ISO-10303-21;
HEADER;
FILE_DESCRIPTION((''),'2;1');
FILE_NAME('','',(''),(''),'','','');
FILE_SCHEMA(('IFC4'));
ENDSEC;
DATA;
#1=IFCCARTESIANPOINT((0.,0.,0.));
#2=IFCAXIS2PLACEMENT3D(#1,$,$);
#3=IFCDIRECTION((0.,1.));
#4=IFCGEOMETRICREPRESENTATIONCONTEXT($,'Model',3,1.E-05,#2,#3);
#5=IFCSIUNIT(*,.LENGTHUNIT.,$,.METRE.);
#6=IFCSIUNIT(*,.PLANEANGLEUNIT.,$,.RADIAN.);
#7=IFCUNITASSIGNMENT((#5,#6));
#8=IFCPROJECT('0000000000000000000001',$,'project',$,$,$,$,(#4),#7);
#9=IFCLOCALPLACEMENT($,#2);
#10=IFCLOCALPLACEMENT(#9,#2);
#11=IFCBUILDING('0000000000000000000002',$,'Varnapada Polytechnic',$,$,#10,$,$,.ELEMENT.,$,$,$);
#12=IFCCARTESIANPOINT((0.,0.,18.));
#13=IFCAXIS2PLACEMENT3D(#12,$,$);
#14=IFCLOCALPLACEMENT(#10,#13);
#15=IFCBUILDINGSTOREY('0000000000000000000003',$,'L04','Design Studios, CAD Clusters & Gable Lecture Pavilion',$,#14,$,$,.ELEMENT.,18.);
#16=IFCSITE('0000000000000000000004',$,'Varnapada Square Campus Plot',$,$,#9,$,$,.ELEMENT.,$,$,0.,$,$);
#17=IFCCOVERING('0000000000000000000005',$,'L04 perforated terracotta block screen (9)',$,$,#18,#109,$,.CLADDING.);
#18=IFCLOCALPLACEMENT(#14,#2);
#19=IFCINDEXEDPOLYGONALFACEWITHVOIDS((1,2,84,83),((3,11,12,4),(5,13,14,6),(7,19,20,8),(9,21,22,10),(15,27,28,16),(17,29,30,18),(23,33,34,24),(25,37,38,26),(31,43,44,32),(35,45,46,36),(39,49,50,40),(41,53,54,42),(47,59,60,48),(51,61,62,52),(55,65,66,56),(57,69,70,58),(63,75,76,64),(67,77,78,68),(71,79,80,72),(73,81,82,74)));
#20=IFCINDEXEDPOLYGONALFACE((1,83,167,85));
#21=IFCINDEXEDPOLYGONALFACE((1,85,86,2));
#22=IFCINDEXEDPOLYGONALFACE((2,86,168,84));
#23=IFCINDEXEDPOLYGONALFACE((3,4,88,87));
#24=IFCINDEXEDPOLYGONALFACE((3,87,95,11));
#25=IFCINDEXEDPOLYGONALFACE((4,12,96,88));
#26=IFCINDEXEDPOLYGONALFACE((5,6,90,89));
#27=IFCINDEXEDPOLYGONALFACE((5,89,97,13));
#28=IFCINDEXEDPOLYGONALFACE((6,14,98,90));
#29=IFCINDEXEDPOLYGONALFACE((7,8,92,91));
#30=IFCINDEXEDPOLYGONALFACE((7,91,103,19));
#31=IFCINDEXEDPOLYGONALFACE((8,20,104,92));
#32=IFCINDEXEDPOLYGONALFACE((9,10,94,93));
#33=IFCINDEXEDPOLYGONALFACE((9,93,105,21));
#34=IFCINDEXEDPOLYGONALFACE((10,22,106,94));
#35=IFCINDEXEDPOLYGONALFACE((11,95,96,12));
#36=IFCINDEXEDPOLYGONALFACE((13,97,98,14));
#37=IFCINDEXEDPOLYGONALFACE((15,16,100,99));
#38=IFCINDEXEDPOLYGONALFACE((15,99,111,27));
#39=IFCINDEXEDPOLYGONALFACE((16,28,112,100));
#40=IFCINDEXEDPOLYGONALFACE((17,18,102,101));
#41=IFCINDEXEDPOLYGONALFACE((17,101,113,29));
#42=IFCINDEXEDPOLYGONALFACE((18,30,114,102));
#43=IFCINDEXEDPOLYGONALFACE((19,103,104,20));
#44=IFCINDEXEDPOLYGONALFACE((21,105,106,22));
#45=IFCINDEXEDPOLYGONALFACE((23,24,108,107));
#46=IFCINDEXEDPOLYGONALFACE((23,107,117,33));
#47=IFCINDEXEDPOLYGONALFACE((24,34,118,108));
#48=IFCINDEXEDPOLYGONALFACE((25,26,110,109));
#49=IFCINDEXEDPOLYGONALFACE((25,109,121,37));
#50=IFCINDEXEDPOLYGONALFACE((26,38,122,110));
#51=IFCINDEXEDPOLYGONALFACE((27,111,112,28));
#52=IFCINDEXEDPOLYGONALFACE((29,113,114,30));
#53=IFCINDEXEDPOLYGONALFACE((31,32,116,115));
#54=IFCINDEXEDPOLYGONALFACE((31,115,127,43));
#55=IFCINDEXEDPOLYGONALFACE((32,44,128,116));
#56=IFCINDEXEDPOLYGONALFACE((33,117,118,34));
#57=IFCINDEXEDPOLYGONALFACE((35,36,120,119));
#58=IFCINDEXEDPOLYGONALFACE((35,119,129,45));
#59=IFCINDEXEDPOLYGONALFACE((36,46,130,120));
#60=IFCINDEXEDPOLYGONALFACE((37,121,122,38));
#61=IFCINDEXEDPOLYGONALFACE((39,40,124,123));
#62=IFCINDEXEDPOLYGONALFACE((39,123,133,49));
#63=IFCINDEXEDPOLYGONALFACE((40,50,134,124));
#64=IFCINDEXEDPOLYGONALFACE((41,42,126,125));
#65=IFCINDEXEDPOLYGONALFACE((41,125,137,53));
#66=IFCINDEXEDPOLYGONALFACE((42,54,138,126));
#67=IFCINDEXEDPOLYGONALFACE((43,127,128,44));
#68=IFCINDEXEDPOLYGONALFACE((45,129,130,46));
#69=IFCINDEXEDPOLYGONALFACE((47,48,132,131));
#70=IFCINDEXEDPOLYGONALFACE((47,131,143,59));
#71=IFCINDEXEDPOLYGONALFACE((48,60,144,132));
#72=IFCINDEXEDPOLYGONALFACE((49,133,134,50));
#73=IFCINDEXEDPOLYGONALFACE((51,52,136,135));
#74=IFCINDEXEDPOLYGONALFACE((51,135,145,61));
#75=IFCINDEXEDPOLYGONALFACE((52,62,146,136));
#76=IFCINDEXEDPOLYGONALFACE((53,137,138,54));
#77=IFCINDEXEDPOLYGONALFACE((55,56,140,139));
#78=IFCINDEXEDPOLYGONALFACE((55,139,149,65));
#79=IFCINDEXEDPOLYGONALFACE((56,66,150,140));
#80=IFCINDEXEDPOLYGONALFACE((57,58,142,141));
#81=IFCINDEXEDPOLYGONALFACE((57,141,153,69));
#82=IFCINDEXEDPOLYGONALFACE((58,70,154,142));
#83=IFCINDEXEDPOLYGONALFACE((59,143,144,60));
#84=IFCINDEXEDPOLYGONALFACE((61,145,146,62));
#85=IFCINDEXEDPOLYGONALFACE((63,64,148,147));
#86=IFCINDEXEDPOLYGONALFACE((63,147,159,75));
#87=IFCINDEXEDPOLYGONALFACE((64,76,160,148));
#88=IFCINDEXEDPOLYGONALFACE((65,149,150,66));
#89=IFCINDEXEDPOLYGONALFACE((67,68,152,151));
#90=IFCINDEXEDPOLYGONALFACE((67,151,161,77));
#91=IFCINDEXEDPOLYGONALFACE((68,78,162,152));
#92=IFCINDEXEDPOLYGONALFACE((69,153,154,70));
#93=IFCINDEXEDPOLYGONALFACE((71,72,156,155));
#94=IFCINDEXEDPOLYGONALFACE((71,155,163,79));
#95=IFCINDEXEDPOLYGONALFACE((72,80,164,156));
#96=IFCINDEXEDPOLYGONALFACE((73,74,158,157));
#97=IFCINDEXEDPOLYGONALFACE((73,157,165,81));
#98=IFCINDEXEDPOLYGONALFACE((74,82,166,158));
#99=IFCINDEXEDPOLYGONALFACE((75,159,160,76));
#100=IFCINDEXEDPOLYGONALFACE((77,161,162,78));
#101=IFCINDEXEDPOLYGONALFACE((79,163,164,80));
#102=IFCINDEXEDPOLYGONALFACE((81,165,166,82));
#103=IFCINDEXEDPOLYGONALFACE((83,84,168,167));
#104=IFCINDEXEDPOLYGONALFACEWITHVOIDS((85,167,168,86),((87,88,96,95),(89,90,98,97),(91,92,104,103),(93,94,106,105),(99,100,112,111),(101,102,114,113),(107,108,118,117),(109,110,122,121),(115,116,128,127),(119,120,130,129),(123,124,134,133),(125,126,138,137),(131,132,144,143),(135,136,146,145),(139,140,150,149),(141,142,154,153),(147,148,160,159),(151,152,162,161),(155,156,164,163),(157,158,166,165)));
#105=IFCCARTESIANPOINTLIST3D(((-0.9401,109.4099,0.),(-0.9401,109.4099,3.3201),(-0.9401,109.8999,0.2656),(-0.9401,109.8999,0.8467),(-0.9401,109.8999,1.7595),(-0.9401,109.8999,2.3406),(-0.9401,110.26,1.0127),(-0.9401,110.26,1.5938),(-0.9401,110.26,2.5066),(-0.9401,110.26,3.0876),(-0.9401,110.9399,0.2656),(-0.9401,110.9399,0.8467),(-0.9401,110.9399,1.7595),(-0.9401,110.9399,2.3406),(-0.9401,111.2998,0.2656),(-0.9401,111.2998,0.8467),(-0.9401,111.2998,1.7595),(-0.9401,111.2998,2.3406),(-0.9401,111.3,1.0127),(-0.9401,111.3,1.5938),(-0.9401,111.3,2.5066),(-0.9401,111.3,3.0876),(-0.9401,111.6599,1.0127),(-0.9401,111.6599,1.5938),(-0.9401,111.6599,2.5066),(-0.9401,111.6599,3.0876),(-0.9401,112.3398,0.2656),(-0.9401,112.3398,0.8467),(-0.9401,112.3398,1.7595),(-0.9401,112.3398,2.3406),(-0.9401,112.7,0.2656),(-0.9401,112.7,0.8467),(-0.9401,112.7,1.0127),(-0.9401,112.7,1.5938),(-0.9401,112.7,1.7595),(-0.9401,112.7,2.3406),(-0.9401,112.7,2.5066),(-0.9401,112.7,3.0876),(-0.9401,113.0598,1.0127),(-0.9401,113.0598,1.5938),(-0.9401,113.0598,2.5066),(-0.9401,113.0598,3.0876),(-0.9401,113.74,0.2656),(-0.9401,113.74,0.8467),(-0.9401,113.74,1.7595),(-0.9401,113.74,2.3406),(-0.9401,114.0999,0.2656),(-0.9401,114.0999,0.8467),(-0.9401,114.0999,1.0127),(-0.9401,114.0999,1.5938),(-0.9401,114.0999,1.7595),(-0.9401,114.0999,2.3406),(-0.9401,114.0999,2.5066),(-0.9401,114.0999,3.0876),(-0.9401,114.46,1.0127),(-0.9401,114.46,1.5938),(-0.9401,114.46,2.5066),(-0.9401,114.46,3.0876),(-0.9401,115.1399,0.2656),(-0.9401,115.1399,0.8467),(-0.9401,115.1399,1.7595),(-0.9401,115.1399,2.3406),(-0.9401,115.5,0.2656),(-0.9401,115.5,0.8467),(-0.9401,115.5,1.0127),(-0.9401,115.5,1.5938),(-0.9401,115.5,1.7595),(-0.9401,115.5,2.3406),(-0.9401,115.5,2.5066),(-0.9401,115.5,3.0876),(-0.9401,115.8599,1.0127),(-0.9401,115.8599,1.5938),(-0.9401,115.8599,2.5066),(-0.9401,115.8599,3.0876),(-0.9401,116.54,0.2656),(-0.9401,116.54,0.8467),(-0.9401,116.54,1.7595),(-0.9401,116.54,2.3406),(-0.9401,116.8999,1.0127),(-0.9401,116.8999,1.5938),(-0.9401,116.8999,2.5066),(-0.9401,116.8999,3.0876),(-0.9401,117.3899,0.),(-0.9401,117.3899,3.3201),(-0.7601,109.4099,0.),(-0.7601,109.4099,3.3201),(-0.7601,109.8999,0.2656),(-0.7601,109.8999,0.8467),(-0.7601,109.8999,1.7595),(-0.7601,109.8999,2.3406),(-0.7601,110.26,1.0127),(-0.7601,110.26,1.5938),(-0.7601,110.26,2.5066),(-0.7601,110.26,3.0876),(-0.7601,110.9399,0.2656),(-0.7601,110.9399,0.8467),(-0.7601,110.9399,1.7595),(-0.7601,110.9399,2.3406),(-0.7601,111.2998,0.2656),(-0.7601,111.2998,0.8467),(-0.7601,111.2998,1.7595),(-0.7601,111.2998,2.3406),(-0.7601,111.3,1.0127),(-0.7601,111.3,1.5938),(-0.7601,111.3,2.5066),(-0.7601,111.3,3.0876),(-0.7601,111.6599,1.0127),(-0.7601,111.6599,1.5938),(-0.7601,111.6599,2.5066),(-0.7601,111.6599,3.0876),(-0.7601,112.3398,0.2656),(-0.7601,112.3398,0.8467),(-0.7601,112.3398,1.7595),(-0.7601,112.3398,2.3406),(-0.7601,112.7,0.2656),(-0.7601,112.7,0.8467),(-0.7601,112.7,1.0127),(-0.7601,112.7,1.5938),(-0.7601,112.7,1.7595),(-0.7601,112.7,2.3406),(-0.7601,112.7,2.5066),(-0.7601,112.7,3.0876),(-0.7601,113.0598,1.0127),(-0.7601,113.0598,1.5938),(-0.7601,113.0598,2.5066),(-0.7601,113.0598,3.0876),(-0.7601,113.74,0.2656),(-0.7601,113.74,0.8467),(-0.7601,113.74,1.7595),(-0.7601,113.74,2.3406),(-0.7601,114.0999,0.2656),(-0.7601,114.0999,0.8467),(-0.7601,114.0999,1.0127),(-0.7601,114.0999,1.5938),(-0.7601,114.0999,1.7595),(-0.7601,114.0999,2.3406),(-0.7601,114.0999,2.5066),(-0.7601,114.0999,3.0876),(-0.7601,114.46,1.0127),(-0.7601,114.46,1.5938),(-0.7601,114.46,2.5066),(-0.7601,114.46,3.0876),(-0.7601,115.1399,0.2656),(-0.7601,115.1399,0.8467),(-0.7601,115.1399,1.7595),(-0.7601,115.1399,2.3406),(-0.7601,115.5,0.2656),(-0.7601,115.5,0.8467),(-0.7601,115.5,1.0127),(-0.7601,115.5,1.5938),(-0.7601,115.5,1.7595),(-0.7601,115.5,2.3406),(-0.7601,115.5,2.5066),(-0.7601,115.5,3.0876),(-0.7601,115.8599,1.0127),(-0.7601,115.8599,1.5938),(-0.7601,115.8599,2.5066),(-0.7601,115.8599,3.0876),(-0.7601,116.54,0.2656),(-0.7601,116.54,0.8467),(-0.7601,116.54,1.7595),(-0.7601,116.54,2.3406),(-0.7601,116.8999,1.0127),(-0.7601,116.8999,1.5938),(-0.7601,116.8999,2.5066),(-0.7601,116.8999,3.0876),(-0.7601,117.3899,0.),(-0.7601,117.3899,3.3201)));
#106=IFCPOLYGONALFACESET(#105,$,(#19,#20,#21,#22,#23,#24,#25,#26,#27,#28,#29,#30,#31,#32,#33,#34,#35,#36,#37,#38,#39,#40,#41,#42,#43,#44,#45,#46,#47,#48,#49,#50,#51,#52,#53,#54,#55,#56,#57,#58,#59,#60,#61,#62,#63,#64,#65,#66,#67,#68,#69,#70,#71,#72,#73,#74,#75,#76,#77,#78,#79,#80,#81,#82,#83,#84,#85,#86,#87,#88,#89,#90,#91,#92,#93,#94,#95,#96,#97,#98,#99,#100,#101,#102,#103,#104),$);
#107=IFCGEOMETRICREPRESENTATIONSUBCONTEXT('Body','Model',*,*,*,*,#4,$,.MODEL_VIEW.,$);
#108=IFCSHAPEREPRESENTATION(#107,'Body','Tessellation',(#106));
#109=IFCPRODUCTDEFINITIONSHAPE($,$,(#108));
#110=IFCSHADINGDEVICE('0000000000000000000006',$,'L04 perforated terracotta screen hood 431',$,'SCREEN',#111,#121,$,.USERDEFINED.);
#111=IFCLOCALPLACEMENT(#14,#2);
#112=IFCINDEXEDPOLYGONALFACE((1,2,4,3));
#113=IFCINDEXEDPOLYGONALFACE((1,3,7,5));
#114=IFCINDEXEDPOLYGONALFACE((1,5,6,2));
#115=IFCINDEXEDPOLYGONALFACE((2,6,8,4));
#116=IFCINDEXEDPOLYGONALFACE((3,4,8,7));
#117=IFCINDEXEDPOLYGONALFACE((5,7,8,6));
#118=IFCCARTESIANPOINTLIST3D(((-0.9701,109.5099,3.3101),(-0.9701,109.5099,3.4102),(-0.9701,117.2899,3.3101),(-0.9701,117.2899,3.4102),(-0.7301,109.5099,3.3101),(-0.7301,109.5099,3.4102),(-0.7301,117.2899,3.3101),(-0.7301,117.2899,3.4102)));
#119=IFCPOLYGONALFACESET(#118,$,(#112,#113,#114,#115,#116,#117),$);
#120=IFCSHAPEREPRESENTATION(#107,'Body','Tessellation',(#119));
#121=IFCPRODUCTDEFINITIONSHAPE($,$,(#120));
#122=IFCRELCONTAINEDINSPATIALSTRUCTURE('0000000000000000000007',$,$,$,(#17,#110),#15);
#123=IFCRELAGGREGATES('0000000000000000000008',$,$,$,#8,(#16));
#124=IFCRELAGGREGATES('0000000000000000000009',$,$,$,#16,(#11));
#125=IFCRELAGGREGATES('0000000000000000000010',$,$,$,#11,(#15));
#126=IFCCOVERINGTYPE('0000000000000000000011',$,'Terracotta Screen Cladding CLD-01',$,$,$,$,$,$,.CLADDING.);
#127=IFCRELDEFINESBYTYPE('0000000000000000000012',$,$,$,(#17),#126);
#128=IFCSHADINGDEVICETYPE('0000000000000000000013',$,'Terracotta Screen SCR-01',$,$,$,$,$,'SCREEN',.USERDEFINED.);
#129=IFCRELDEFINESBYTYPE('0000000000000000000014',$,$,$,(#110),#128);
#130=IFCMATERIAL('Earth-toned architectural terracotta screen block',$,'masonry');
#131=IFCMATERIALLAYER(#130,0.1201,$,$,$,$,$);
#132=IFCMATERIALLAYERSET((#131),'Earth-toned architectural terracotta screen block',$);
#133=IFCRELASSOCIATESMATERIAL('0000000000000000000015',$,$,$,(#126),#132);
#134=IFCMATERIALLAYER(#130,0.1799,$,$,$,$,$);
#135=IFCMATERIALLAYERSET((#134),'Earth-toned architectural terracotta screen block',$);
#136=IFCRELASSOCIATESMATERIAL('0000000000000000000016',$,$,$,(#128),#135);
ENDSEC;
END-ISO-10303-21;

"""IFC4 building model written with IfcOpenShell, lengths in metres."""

from ifc_helpers import new_model, si_unit, direction, frame, frame_2d, origin, origin_2d, place, context, subcontext, project, spatial, rectangle, extrude, material, layer, layer_set, type_object, element, save


model = new_model("IFC4")

# Units and contexts
model_context = context("Model", 3, precision=1e-05, world=origin(), true_north=direction((0.0, 1.0)))
body_context = subcontext(model_context, "Body", "Model", "MODEL_VIEW")
ifc_project = project(units=[si_unit("LENGTHUNIT", "METRE"), si_unit("PLANEANGLEUNIT", "RADIAN")], contexts=[model_context])

# Site, building, storey
site_placement = place(None, origin())
site = spatial("IfcSite", under=ifc_project, at=site_placement, Name="Varnapada Square Campus Plot", CompositionType="ELEMENT", RefElevation=0.0)
building_placement = place(site_placement, origin())
building = spatial("IfcBuilding", under=site, at=building_placement, Name="Varnapada Polytechnic", CompositionType="ELEMENT")
storey_placement = place(building_placement, frame((0.0, 0.0, 18.0)))
storey = spatial("IfcBuildingStorey", under=building, at=storey_placement, Name="L04", Description="Design Studios, CAD Clusters & Gable Lecture Pavilion", CompositionType="ELEMENT", Elevation=18.0)

# Covering, openings
ifc_material_1 = material(Name="Earth-toned architectural terracotta screen block", Category="masonry")
ifc_layer_1 = layer(ifc_material_1, 0.1201)
ifc_layer_set_1 = layer_set([ifc_layer_1], Name="Earth-toned architectural terracotta screen block")
covering_type = type_object("IfcCoveringType", Name="Terracotta Screen Cladding CLD-01", PredefinedType="CLADDING", material=ifc_layer_set_1)
covering_placement = place(storey_placement, frame((-0.8501, 109.4099, 0.0), z_axis=(0.0, 0.0, 1.0), x_axis=(0.0, 1.0, 0.0)))
covering = element("IfcCovering", 1, at=covering_placement, inside=storey, type_object=covering_type, Name="L04 perforated terracotta block screen (9)", PredefinedType="CLADDING", context=body_context, shape_type="SweptSolid", body=[
    extrude(rectangle(XDim=7.98, YDim=0.1799, at=frame_2d((3.99, 0.0))), origin(), (0.0, 0.0, 1.0), 3.3201),
])
opening_1_placement = place(covering_placement, frame((0.49, 0.0, 0.2656)))
element("IfcOpeningElement", 2, at=opening_1_placement, cuts=covering, PredefinedType="OPENING", context=body_context, shape_type="SweptSolid", body=[
    extrude(rectangle(XDim=1.04, YDim=0.5811, at=frame_2d((0.52, 0.2905))), frame((0.0, 0.0999, 0.0), z_axis=(0.0, -1.0, 0.0), x_axis=(1.0, 0.0, 0.0)), (0.0, 0.0, 1.0), 0.2),
])
opening_2_placement = place(covering_placement, frame((1.8899, 0.0, 0.2656)))
element("IfcOpeningElement", 3, at=opening_2_placement, cuts=covering, PredefinedType="OPENING", context=body_context, shape_type="SweptSolid", body=[
    extrude(rectangle(XDim=1.04, YDim=0.5811, at=frame_2d((0.52, 0.2905))), frame((0.0, 0.0999, 0.0), z_axis=(0.0, -1.0, 0.0), x_axis=(1.0, 0.0, 0.0)), (0.0, 0.0, 1.0), 0.2),
])
opening_3_placement = place(covering_placement, frame((3.29, 0.0, 0.2656)))
element("IfcOpeningElement", 4, at=opening_3_placement, cuts=covering, PredefinedType="OPENING", context=body_context, shape_type="SweptSolid", body=[
    extrude(rectangle(XDim=1.04, YDim=0.5811, at=frame_2d((0.52, 0.2905))), frame((0.0, 0.0999, 0.0), z_axis=(0.0, -1.0, 0.0), x_axis=(1.0, 0.0, 0.0)), (0.0, 0.0, 1.0), 0.2),
])
opening_4_placement = place(covering_placement, frame((4.6899, 0.0, 0.2656)))
element("IfcOpeningElement", 5, at=opening_4_placement, cuts=covering, PredefinedType="OPENING", context=body_context, shape_type="SweptSolid", body=[
    extrude(rectangle(XDim=1.04, YDim=0.5811, at=frame_2d((0.52, 0.2905))), frame((0.0, 0.0999, 0.0), z_axis=(0.0, -1.0, 0.0), x_axis=(1.0, 0.0, 0.0)), (0.0, 0.0, 1.0), 0.2),
])
opening_5_placement = place(covering_placement, frame((6.0901, 0.0, 0.2656)))
element("IfcOpeningElement", 6, at=opening_5_placement, cuts=covering, PredefinedType="OPENING", context=body_context, shape_type="SweptSolid", body=[
    extrude(rectangle(XDim=1.04, YDim=0.5811, at=frame_2d((0.52, 0.2905))), frame((0.0, 0.0999, 0.0), z_axis=(0.0, -1.0, 0.0), x_axis=(1.0, 0.0, 0.0)), (0.0, 0.0, 1.0), 0.2),
])
opening_6_placement = place(covering_placement, frame((0.8501, 0.0, 1.0127)))
element("IfcOpeningElement", 7, at=opening_6_placement, cuts=covering, PredefinedType="OPENING", context=body_context, shape_type="SweptSolid", body=[
    extrude(rectangle(XDim=1.04, YDim=0.5811, at=frame_2d((0.52, 0.2905))), frame((0.0, 0.0999, 0.0), z_axis=(0.0, -1.0, 0.0), x_axis=(1.0, 0.0, 0.0)), (0.0, 0.0, 1.0), 0.2),
])
opening_7_placement = place(covering_placement, frame((2.25, 0.0, 1.0127)))
element("IfcOpeningElement", 8, at=opening_7_placement, cuts=covering, PredefinedType="OPENING", context=body_context, shape_type="SweptSolid", body=[
    extrude(rectangle(XDim=1.04, YDim=0.5811, at=frame_2d((0.52, 0.2905))), frame((0.0, 0.0999, 0.0), z_axis=(0.0, -1.0, 0.0), x_axis=(1.0, 0.0, 0.0)), (0.0, 0.0, 1.0), 0.2),
])
opening_8_placement = place(covering_placement, frame((3.6499, 0.0, 1.0127)))
element("IfcOpeningElement", 9, at=opening_8_placement, cuts=covering, PredefinedType="OPENING", context=body_context, shape_type="SweptSolid", body=[
    extrude(rectangle(XDim=1.04, YDim=0.5811, at=frame_2d((0.52, 0.2905))), frame((0.0, 0.0999, 0.0), z_axis=(0.0, -1.0, 0.0), x_axis=(1.0, 0.0, 0.0)), (0.0, 0.0, 1.0), 0.2),
])
opening_9_placement = place(covering_placement, frame((5.05, 0.0, 1.0127)))
element("IfcOpeningElement", 10, at=opening_9_placement, cuts=covering, PredefinedType="OPENING", context=body_context, shape_type="SweptSolid", body=[
    extrude(rectangle(XDim=1.04, YDim=0.5811, at=frame_2d((0.52, 0.2905))), frame((0.0, 0.0999, 0.0), z_axis=(0.0, -1.0, 0.0), x_axis=(1.0, 0.0, 0.0)), (0.0, 0.0, 1.0), 0.2),
])
opening_10_placement = place(covering_placement, frame((6.45, 0.0, 1.0127)))
element("IfcOpeningElement", 11, at=opening_10_placement, cuts=covering, PredefinedType="OPENING", context=body_context, shape_type="SweptSolid", body=[
    extrude(rectangle(XDim=1.04, YDim=0.5811, at=frame_2d((0.52, 0.2905))), frame((0.0, 0.0999, 0.0), z_axis=(0.0, -1.0, 0.0), x_axis=(1.0, 0.0, 0.0)), (0.0, 0.0, 1.0), 0.2),
])
opening_11_placement = place(covering_placement, frame((0.49, 0.0, 1.7595)))
element("IfcOpeningElement", 12, at=opening_11_placement, cuts=covering, PredefinedType="OPENING", context=body_context, shape_type="SweptSolid", body=[
    extrude(rectangle(XDim=1.04, YDim=0.5811, at=frame_2d((0.52, 0.2905))), frame((0.0, 0.0999, 0.0), z_axis=(0.0, -1.0, 0.0), x_axis=(1.0, 0.0, 0.0)), (0.0, 0.0, 1.0), 0.2),
])
opening_12_placement = place(covering_placement, frame((1.8899, 0.0, 1.7595)))
element("IfcOpeningElement", 13, at=opening_12_placement, cuts=covering, PredefinedType="OPENING", context=body_context, shape_type="SweptSolid", body=[
    extrude(rectangle(XDim=1.04, YDim=0.5811, at=frame_2d((0.52, 0.2905))), frame((0.0, 0.0999, 0.0), z_axis=(0.0, -1.0, 0.0), x_axis=(1.0, 0.0, 0.0)), (0.0, 0.0, 1.0), 0.2),
])
opening_13_placement = place(covering_placement, frame((3.29, 0.0, 1.7595)))
element("IfcOpeningElement", 14, at=opening_13_placement, cuts=covering, PredefinedType="OPENING", context=body_context, shape_type="SweptSolid", body=[
    extrude(rectangle(XDim=1.04, YDim=0.5811, at=frame_2d((0.52, 0.2905))), frame((0.0, 0.0999, 0.0), z_axis=(0.0, -1.0, 0.0), x_axis=(1.0, 0.0, 0.0)), (0.0, 0.0, 1.0), 0.2),
])
opening_14_placement = place(covering_placement, frame((4.6899, 0.0, 1.7595)))
element("IfcOpeningElement", 15, at=opening_14_placement, cuts=covering, PredefinedType="OPENING", context=body_context, shape_type="SweptSolid", body=[
    extrude(rectangle(XDim=1.04, YDim=0.5811, at=frame_2d((0.52, 0.2905))), frame((0.0, 0.0999, 0.0), z_axis=(0.0, -1.0, 0.0), x_axis=(1.0, 0.0, 0.0)), (0.0, 0.0, 1.0), 0.2),
])
opening_15_placement = place(covering_placement, frame((6.0901, 0.0, 1.7595)))
element("IfcOpeningElement", 16, at=opening_15_placement, cuts=covering, PredefinedType="OPENING", context=body_context, shape_type="SweptSolid", body=[
    extrude(rectangle(XDim=1.04, YDim=0.5811, at=frame_2d((0.52, 0.2905))), frame((0.0, 0.0999, 0.0), z_axis=(0.0, -1.0, 0.0), x_axis=(1.0, 0.0, 0.0)), (0.0, 0.0, 1.0), 0.2),
])
opening_16_placement = place(covering_placement, frame((0.8501, 0.0, 2.5066)))
element("IfcOpeningElement", 17, at=opening_16_placement, cuts=covering, PredefinedType="OPENING", context=body_context, shape_type="SweptSolid", body=[
    extrude(rectangle(XDim=1.04, YDim=0.5811, at=frame_2d((0.52, 0.2905))), frame((0.0, 0.0999, 0.0), z_axis=(0.0, -1.0, 0.0), x_axis=(1.0, 0.0, 0.0)), (0.0, 0.0, 1.0), 0.2),
])
opening_17_placement = place(covering_placement, frame((2.25, 0.0, 2.5066)))
element("IfcOpeningElement", 18, at=opening_17_placement, cuts=covering, PredefinedType="OPENING", context=body_context, shape_type="SweptSolid", body=[
    extrude(rectangle(XDim=1.04, YDim=0.5811, at=frame_2d((0.52, 0.2905))), frame((0.0, 0.0999, 0.0), z_axis=(0.0, -1.0, 0.0), x_axis=(1.0, 0.0, 0.0)), (0.0, 0.0, 1.0), 0.2),
])
opening_18_placement = place(covering_placement, frame((3.6499, 0.0, 2.5066)))
element("IfcOpeningElement", 19, at=opening_18_placement, cuts=covering, PredefinedType="OPENING", context=body_context, shape_type="SweptSolid", body=[
    extrude(rectangle(XDim=1.04, YDim=0.5811, at=frame_2d((0.52, 0.2905))), frame((0.0, 0.0999, 0.0), z_axis=(0.0, -1.0, 0.0), x_axis=(1.0, 0.0, 0.0)), (0.0, 0.0, 1.0), 0.2),
])
opening_19_placement = place(covering_placement, frame((5.05, 0.0, 2.5066)))
element("IfcOpeningElement", 20, at=opening_19_placement, cuts=covering, PredefinedType="OPENING", context=body_context, shape_type="SweptSolid", body=[
    extrude(rectangle(XDim=1.04, YDim=0.5811, at=frame_2d((0.52, 0.2905))), frame((0.0, 0.0999, 0.0), z_axis=(0.0, -1.0, 0.0), x_axis=(1.0, 0.0, 0.0)), (0.0, 0.0, 1.0), 0.2),
])
opening_20_placement = place(covering_placement, frame((6.45, 0.0, 2.5066)))
element("IfcOpeningElement", 21, at=opening_20_placement, cuts=covering, PredefinedType="OPENING", context=body_context, shape_type="SweptSolid", body=[
    extrude(rectangle(XDim=1.04, YDim=0.5811, at=frame_2d((0.52, 0.2905))), frame((0.0, 0.0999, 0.0), z_axis=(0.0, -1.0, 0.0), x_axis=(1.0, 0.0, 0.0)), (0.0, 0.0, 1.0), 0.2),
])

# Shading device
ifc_layer_2 = layer(ifc_material_1, 0.1799)
ifc_layer_set_2 = layer_set([ifc_layer_2], Name="Earth-toned architectural terracotta screen block")
shading_device_type = type_object("IfcShadingDeviceType", Name="Terracotta Screen SCR-01", ElementType="SCREEN", PredefinedType="USERDEFINED", material=ifc_layer_set_2)
shading_device_placement = place(storey_placement, frame((-0.8501, 113.3999, 3.3101), z_axis=(0.0, 0.0, 1.0), x_axis=(0.0, 1.0, 0.0)))
element("IfcShadingDevice", 22, at=shading_device_placement, inside=storey, type_object=shading_device_type, Name="L04 perforated terracotta screen hood 431", ObjectType="SCREEN", PredefinedType="USERDEFINED", context=body_context, shape_type="SweptSolid", body=[
    extrude(rectangle(XDim=7.78, YDim=0.24, at=origin_2d()), origin(), (0.0, 0.0, 1.0), 0.1001),
])

save(model, "model.ifc")
